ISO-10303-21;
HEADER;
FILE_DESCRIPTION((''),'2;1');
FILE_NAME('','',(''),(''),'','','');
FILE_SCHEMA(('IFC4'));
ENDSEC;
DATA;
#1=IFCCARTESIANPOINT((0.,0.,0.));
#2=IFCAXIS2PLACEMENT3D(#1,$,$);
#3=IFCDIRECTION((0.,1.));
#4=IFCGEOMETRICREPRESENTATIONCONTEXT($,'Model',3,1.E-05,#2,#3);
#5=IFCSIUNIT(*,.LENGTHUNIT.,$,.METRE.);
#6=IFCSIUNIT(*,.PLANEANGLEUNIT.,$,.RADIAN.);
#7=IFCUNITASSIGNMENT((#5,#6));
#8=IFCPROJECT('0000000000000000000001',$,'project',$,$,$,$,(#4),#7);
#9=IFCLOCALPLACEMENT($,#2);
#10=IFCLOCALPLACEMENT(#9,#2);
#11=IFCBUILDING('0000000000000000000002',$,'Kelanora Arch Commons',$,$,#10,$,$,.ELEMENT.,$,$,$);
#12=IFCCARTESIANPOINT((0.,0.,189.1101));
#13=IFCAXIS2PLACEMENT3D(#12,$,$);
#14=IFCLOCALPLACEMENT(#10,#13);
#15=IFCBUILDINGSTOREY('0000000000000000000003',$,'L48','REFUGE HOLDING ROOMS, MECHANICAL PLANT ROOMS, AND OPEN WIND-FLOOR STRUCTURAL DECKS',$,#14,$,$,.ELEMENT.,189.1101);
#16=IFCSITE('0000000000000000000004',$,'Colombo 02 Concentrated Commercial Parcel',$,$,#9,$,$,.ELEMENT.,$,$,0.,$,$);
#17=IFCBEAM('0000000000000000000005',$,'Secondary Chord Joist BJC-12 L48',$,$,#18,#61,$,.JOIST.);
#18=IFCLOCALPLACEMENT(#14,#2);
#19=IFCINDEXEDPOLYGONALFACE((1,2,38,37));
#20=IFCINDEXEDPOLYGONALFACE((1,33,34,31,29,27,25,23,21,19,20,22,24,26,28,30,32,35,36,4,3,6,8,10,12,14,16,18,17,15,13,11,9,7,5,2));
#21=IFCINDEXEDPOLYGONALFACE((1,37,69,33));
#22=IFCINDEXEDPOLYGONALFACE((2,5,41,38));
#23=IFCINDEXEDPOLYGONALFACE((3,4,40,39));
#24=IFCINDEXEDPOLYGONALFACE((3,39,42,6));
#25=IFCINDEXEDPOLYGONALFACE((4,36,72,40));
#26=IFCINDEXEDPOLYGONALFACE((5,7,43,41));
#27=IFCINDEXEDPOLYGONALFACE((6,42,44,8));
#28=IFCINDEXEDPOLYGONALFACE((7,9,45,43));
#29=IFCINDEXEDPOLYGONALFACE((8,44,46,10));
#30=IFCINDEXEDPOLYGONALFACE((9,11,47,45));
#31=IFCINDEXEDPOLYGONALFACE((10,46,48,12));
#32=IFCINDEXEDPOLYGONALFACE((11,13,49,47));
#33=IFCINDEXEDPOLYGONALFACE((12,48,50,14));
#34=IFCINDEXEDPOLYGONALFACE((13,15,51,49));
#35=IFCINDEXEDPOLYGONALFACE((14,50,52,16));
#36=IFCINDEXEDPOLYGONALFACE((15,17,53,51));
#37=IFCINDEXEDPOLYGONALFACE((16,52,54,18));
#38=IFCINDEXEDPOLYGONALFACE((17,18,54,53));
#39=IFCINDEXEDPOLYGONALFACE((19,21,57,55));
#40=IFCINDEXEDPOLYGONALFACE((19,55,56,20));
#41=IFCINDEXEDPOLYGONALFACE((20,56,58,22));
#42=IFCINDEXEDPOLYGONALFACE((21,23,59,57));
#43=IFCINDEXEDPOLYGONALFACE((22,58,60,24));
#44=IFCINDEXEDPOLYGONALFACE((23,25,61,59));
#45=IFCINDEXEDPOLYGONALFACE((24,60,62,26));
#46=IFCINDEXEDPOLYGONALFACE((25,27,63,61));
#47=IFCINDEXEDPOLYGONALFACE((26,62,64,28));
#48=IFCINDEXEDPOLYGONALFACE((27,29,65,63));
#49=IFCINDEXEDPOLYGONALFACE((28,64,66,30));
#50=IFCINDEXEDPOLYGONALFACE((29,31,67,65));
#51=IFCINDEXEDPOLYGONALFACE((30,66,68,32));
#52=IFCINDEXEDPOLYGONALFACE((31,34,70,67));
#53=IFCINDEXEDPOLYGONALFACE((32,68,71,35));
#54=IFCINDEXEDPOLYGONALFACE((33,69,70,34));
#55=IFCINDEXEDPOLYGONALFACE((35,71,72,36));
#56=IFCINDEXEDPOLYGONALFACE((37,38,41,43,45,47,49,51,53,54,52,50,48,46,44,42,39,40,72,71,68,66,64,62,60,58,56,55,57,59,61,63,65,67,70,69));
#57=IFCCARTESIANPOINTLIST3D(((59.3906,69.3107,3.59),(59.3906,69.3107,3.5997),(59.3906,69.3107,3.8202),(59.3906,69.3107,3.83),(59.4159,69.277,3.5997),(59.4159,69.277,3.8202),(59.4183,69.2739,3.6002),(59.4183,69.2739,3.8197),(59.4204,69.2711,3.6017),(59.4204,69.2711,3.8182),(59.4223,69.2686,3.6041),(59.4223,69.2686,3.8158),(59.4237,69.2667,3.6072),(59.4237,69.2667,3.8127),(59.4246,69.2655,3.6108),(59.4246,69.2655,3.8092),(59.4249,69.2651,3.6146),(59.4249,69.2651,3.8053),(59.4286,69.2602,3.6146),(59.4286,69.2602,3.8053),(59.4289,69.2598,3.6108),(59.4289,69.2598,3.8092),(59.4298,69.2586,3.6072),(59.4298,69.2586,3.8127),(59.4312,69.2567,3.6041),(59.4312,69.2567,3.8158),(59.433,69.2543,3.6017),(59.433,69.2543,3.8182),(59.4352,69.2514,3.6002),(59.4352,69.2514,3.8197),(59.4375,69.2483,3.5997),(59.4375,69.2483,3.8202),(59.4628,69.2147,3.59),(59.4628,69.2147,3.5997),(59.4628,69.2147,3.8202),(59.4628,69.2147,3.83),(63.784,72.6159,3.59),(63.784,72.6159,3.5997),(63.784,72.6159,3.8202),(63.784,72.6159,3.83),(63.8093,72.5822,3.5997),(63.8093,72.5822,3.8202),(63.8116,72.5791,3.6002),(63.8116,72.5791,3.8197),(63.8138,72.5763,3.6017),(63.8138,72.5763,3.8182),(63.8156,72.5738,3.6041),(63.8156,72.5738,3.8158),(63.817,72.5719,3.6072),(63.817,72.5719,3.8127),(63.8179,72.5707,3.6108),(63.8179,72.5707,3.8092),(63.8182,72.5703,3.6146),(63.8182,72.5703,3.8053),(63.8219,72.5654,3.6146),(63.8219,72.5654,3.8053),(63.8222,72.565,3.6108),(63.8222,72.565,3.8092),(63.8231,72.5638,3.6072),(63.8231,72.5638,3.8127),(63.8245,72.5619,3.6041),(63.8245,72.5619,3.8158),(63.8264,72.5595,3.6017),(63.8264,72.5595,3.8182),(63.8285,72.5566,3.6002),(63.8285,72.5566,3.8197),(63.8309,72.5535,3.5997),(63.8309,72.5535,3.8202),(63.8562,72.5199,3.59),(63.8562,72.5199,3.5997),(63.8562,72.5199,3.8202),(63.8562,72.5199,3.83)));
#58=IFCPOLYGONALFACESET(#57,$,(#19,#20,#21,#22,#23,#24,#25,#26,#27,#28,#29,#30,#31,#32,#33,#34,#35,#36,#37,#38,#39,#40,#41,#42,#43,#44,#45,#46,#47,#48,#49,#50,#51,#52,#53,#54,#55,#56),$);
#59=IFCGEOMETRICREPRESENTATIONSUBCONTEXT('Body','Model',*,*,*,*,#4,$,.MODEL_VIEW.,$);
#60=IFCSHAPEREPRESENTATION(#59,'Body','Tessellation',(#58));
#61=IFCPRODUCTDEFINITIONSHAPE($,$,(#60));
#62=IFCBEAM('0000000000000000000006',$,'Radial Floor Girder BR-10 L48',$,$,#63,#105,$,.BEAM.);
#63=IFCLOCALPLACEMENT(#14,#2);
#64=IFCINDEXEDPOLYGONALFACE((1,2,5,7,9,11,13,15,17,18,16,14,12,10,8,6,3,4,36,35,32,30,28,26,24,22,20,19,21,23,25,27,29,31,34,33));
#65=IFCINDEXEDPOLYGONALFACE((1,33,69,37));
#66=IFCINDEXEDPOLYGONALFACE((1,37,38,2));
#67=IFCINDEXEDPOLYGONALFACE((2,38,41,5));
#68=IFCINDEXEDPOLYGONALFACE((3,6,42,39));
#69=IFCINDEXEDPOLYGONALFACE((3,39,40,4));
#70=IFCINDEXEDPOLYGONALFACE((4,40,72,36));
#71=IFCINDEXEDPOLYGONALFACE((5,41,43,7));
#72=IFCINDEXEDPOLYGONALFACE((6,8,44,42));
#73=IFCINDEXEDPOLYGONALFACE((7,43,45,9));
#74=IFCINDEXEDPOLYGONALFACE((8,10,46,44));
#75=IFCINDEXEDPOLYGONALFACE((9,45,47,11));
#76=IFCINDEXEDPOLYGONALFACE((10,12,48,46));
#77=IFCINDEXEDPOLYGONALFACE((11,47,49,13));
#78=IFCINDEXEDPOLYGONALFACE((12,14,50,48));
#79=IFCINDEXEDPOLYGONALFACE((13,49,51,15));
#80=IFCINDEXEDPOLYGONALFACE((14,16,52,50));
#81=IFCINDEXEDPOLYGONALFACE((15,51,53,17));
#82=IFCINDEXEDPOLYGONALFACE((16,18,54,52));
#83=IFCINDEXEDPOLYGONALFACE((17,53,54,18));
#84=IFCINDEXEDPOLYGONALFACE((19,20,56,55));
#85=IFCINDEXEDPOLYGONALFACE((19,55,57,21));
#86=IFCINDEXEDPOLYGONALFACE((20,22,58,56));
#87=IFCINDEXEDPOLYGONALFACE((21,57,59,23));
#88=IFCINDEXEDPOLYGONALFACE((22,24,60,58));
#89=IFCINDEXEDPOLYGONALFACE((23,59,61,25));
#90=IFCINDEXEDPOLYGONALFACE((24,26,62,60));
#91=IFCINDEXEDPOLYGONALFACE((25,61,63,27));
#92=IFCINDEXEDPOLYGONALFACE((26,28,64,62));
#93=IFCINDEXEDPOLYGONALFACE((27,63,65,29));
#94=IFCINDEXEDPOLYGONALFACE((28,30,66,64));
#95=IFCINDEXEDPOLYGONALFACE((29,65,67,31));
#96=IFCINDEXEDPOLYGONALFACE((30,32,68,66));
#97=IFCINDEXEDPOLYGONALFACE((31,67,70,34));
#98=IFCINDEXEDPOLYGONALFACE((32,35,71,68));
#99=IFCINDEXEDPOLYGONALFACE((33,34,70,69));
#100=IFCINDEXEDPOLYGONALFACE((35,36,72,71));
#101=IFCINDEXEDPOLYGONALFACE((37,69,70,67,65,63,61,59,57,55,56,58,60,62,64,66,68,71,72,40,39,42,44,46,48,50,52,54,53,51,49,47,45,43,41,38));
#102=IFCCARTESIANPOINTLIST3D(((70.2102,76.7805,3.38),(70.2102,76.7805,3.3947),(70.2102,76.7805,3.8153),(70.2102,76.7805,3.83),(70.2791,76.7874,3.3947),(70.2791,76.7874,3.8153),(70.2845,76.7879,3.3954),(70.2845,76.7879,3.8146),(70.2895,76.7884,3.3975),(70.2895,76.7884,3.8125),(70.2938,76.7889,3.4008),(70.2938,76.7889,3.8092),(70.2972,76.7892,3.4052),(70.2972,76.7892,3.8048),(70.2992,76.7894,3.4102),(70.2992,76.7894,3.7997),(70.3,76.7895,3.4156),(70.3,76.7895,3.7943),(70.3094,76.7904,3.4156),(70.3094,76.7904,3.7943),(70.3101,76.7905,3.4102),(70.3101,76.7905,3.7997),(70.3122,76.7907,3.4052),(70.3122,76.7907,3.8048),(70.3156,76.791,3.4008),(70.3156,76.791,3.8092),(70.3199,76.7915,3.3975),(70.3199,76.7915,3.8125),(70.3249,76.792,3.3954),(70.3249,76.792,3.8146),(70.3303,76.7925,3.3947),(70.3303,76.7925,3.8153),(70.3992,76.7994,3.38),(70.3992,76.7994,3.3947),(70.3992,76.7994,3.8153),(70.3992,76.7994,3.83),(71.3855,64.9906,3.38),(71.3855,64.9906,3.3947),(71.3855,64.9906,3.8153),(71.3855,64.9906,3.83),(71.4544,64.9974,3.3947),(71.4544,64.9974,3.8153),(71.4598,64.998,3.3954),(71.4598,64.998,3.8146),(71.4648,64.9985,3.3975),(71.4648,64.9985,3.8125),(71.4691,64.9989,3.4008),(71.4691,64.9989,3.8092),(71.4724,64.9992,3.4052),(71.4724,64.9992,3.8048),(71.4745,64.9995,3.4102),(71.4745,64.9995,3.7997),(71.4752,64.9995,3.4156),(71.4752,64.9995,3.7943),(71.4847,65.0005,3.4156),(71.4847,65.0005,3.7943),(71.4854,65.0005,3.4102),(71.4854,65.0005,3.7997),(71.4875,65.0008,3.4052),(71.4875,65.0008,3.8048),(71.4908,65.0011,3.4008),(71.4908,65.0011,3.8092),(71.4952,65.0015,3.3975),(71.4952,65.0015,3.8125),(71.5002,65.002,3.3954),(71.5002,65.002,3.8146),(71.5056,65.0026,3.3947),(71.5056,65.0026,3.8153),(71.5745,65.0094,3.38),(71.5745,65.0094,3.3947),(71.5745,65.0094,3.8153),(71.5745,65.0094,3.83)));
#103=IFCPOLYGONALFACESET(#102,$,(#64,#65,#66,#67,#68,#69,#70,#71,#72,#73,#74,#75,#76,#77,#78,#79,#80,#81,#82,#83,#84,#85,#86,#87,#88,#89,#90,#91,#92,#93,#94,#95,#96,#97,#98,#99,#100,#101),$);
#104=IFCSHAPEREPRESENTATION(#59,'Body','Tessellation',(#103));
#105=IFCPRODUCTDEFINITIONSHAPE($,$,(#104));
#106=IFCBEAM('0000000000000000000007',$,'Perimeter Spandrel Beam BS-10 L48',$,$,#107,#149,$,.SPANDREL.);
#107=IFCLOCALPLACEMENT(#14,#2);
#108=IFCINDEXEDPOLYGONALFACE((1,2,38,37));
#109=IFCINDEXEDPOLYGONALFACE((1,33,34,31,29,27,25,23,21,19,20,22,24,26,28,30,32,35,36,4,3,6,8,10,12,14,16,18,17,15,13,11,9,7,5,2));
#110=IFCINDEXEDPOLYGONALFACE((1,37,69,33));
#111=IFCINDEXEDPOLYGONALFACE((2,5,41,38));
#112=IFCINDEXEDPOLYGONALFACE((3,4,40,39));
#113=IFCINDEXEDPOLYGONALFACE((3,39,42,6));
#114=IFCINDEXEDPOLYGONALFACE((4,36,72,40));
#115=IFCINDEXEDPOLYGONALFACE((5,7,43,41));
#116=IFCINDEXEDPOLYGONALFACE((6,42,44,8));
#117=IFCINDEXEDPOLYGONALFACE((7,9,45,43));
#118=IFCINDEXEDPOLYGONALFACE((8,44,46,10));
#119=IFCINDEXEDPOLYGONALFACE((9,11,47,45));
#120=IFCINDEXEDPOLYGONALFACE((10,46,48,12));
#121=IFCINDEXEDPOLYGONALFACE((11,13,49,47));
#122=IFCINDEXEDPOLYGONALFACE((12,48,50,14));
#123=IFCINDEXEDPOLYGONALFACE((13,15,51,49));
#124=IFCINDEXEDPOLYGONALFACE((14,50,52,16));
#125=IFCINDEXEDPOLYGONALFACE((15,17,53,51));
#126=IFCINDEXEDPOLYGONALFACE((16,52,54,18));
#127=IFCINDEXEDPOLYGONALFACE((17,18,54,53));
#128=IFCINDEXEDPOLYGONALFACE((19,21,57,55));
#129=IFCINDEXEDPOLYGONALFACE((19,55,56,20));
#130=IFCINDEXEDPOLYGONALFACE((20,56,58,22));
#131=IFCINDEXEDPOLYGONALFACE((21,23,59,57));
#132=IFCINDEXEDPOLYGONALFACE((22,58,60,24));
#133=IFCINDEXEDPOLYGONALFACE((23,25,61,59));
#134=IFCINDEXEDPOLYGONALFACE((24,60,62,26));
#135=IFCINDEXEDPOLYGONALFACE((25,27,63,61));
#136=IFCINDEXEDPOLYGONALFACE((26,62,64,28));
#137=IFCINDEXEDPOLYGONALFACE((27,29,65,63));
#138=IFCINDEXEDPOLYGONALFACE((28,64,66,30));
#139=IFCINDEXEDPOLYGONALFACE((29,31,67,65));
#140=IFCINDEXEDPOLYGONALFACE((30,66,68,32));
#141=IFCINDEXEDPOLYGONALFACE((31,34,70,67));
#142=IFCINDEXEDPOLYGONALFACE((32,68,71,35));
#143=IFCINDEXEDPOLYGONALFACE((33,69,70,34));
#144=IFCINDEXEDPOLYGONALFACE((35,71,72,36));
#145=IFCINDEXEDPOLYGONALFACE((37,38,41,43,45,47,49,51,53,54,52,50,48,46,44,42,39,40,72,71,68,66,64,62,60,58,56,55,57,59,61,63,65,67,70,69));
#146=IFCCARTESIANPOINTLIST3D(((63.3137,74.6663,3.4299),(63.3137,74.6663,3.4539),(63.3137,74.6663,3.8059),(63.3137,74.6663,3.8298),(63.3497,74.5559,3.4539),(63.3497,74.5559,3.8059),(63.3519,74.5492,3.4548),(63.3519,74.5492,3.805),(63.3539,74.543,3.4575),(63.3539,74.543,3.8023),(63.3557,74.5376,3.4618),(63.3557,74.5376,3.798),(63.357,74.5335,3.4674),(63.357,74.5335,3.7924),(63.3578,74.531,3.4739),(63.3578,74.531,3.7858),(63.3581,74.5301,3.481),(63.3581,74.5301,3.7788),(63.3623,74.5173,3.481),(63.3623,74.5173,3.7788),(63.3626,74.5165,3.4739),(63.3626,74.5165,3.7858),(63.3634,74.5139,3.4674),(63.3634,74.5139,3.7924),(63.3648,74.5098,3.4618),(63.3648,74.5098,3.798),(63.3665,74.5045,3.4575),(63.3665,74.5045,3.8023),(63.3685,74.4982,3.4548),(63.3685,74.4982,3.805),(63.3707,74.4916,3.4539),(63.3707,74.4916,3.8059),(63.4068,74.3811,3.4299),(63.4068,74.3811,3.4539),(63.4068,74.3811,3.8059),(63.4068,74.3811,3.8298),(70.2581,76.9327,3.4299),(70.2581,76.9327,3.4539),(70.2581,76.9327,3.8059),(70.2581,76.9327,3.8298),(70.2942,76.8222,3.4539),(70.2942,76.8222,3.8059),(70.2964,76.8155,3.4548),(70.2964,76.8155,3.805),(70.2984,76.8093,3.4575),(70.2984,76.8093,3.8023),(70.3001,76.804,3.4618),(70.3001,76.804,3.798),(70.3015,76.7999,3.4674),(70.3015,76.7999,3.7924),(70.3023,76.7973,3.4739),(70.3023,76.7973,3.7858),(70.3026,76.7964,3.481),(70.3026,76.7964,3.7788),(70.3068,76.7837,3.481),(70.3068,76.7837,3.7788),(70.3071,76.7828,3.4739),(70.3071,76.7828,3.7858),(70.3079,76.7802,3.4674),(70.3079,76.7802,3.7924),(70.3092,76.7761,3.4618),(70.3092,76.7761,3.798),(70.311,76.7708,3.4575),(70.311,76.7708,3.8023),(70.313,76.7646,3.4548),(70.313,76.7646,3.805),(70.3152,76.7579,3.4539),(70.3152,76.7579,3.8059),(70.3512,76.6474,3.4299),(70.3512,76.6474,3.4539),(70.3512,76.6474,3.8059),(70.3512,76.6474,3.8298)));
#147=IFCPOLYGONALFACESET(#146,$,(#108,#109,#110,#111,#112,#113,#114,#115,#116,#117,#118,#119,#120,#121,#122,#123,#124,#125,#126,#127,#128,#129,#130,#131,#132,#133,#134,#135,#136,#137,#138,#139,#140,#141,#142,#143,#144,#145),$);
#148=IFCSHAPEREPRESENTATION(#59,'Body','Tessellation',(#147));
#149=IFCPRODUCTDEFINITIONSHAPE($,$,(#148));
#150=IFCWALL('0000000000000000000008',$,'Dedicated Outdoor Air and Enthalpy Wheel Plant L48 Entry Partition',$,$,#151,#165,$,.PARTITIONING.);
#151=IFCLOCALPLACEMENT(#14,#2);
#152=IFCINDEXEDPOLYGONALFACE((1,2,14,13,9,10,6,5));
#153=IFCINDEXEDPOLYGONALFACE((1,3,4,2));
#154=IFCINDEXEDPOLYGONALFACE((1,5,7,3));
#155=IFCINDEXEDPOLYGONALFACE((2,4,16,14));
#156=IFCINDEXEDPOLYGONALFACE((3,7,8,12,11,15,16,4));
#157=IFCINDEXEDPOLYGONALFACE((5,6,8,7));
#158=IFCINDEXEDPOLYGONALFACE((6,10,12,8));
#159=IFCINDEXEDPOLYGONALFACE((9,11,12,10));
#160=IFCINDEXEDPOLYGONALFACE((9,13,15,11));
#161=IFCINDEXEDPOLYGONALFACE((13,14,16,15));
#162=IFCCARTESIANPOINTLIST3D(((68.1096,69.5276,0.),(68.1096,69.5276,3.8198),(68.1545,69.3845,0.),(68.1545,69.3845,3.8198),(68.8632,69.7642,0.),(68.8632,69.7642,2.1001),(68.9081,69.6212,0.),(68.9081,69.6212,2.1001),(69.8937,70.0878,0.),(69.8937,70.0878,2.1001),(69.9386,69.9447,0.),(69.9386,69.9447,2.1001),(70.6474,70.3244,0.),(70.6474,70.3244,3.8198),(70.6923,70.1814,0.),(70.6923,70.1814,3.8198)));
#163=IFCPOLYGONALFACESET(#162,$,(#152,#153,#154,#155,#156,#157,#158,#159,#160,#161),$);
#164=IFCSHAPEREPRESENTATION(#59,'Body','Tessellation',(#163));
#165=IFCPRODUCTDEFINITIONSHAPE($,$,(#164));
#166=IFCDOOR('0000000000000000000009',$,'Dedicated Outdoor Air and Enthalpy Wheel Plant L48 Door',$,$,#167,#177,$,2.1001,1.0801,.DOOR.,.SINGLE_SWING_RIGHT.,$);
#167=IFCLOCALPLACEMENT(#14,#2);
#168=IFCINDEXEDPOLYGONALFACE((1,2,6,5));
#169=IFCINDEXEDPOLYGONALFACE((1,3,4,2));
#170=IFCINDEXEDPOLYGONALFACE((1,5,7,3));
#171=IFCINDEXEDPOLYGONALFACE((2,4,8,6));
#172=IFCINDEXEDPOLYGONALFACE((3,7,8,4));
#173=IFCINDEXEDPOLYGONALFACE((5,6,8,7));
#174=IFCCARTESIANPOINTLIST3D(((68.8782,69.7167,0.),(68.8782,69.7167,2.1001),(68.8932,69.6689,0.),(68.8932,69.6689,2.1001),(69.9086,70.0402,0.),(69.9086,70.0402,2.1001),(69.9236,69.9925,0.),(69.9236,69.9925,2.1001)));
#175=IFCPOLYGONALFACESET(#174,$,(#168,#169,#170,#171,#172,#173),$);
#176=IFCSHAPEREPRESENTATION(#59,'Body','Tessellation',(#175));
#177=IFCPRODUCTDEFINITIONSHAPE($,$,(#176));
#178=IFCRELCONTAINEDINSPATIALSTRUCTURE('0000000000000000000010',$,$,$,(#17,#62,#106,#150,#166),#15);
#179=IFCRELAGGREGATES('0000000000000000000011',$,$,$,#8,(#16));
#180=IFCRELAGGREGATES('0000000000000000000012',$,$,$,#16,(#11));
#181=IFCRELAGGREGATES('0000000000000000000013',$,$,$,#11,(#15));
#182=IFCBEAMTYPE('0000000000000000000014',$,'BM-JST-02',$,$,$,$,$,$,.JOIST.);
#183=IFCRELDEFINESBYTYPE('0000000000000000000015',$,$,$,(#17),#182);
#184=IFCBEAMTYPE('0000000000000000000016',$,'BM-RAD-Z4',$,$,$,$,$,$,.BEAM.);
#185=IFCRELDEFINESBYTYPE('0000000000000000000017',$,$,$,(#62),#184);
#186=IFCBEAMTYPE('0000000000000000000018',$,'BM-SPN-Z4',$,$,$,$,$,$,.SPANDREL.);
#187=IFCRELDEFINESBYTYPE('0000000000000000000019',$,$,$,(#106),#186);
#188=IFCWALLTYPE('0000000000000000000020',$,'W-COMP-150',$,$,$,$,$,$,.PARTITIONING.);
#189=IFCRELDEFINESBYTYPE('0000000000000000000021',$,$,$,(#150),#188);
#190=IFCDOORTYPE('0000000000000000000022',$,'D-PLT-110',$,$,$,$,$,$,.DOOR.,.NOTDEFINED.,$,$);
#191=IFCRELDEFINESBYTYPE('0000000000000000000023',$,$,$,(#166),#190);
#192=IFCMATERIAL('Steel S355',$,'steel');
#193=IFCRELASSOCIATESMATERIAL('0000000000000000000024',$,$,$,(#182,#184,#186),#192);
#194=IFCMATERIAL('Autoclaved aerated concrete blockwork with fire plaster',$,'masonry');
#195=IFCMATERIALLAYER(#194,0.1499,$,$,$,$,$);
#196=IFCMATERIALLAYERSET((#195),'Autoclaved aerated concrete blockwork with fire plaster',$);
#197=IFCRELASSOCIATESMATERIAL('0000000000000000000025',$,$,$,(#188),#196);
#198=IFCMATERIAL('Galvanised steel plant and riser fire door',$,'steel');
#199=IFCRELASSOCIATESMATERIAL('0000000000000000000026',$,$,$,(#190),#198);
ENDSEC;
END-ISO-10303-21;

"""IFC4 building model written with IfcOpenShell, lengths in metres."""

from ifc_helpers import new_model, si_unit, direction, frame, frame_2d, origin, origin_2d, place, context, subcontext, project, spatial, rectangle, i_section, extrude, material, layer, layer_set, material_profile, profile_set, type_object, element, fill, save


model = new_model("IFC4")

# Units and contexts
model_context = context("Model", 3, precision=1e-05, world=origin(), true_north=direction((0.0, 1.0)))
body_context = subcontext(model_context, "Body", "Model", "MODEL_VIEW")
ifc_project = project(units=[si_unit("LENGTHUNIT", "METRE"), si_unit("PLANEANGLEUNIT", "RADIAN")], contexts=[model_context])

# Site, building, storey
site_placement = place(None, origin())
site = spatial("IfcSite", under=ifc_project, at=site_placement, Name="Colombo 02 Concentrated Commercial Parcel", CompositionType="ELEMENT", RefElevation=0.0)
building_placement = place(site_placement, origin())
building = spatial("IfcBuilding", under=site, at=building_placement, Name="Kelanora Arch Commons", CompositionType="ELEMENT")
storey_placement = place(building_placement, frame((0.0, 0.0, 189.1101)))
storey = spatial("IfcBuildingStorey", under=building, at=storey_placement, Name="L48", Description="REFUGE HOLDING ROOMS, MECHANICAL PLANT ROOMS, AND OPEN WIND-FLOOR STRUCTURAL DECKS", CompositionType="ELEMENT", Elevation=189.1101)

# Beams
ifc_material_1 = material(Name="Steel S355", Category="steel")
ifc_material_profile_1 = material_profile(ifc_material_1, i_section(OverallWidth=0.1201, OverallDepth=0.24, WebThickness=0.0061, FlangeThickness=0.0098, FilletRadius=0.0149, at=origin_2d()), Name="IPE240")
ifc_profile_set_1 = profile_set([ifc_material_profile_1], Name="Steel S355")
beam_type_1 = type_object("IfcBeamType", Name="BM-JST-02", PredefinedType="JOIST", material=ifc_profile_set_1)
beam_1_placement = place(storey_placement, frame((63.8201, 72.5679, 3.71), z_axis=(-0.799109, -0.601186, 0.0), x_axis=(0.601186, -0.799109, 0.0)))
element("IfcBeam", 1, at=beam_1_placement, inside=storey, type_object=beam_type_1, Name="Secondary Chord Joist BJC-12 L48", PredefinedType="JOIST", context=body_context, shape_type="SweptSolid", body=[
    extrude(i_section(OverallWidth=0.1201, OverallDepth=0.24, WebThickness=0.0061, FlangeThickness=0.0098, FilletRadius=0.0149, at=origin_2d()), origin(), (0.0, 0.0, 1.0), 5.4978),
])
ifc_material_profile_2 = material_profile(ifc_material_1, i_section(OverallWidth=0.1899, OverallDepth=0.45, WebThickness=0.0095, FlangeThickness=0.0146, FilletRadius=0.021, at=origin_2d()), Name="IPE450")
ifc_profile_set_2 = profile_set([ifc_material_profile_2], Name="Steel S355")
beam_type_2 = type_object("IfcBeamType", Name="BM-RAD-Z4", PredefinedType="BEAM", material=ifc_profile_set_2)
beam_2_placement = place(storey_placement, frame((71.48, 65.0, 3.605), z_axis=(-0.099194, 0.995068, 0.0), x_axis=(-0.995068, -0.099194, 0.0)))
element("IfcBeam", 2, at=beam_2_placement, inside=storey, type_object=beam_type_2, Name="Radial Floor Girder BR-10 L48", PredefinedType="BEAM", context=body_context, shape_type="SweptSolid", body=[
    extrude(i_section(OverallWidth=0.1899, OverallDepth=0.45, WebThickness=0.0095, FlangeThickness=0.0146, FilletRadius=0.021, at=origin_2d()), origin(), (0.0, 0.0, 1.0), 11.8484),
])
ifc_material_profile_3 = material_profile(ifc_material_1, i_section(OverallWidth=0.3, OverallDepth=0.3999, WebThickness=0.0134, FlangeThickness=0.0239, FilletRadius=0.0271, at=origin_2d()), Name="HEB400")
ifc_profile_set_3 = profile_set([ifc_material_profile_3], Name="Steel S355")
beam_type_3 = type_object("IfcBeamType", Name="BM-SPN-Z4", PredefinedType="SPANDREL", material=ifc_profile_set_3)
beam_3_placement = place(storey_placement, frame((70.3047, 76.79, 3.6299), z_axis=(-0.950656, -0.310246, 0.0), x_axis=(0.310246, -0.950656, 0.0)))
element("IfcBeam", 3, at=beam_3_placement, inside=storey, type_object=beam_type_3, Name="Perimeter Spandrel Beam BS-10 L48", PredefinedType="SPANDREL", context=body_context, shape_type="SweptSolid", body=[
    extrude(i_section(OverallWidth=0.3, OverallDepth=0.3999, WebThickness=0.0134, FlangeThickness=0.0239, FilletRadius=0.0271, at=origin_2d()), origin(), (0.0, 0.0, 1.0), 7.3049),
])

# Wall, opening, door
ifc_material_2 = material(Name="Autoclaved aerated concrete blockwork with fire plaster", Category="masonry")
ifc_layer_1 = layer(ifc_material_2, 0.1499)
ifc_layer_set_1 = layer_set([ifc_layer_1], Name="Autoclaved aerated concrete blockwork with fire plaster")
wall_type_1 = type_object("IfcWallType", Name="W-COMP-150", PredefinedType="PARTITIONING", material=ifc_layer_set_1)
wall_1_placement = place(storey_placement, frame((70.6699, 70.2529, 0.0), z_axis=(0.0, 0.0, 1.0), x_axis=(-0.954072, -0.299576, 0.0)))
wall_1 = element("IfcWall", 4, at=wall_1_placement, inside=storey, type_object=wall_type_1, Name="Dedicated Outdoor Air and Enthalpy Wheel Plant L48 Entry Partition", PredefinedType="PARTITIONING", context=body_context, shape_type="SweptSolid", body=[
    extrude(rectangle(XDim=2.6599, YDim=0.1499, at=frame_2d((1.3301, 0.0))), origin(), (0.0, 0.0, 1.0), 3.8198),
])
opening_1_placement = place(wall_1_placement, frame((0.79, 0.0, 0.0)))
opening_1 = element("IfcOpeningElement", 5, at=opening_1_placement, cuts=wall_1, PredefinedType="OPENING", context=body_context, shape_type="SweptSolid", body=[
    extrude(rectangle(XDim=1.0801, YDim=2.1001, at=frame_2d((0.54, 1.05))), frame((0.0, 0.085, 0.0), z_axis=(0.0, -1.0, 0.0), x_axis=(1.0, 0.0, 0.0)), (0.0, 0.0, 1.0), 0.1699),
])
ifc_material_3 = material(Name="Galvanised steel plant and riser fire door", Category="steel")
door_type_1 = type_object("IfcDoorType", Name="D-PLT-110", OperationType="NOTDEFINED", PredefinedType="DOOR", material=ifc_material_3)
door_1_placement = place(opening_1_placement, origin())
door_1 = element("IfcDoor", 6, at=door_1_placement, inside=storey, type_object=door_type_1, Name="Dedicated Outdoor Air and Enthalpy Wheel Plant L48 Door", OperationType="SINGLE_SWING_RIGHT", OverallHeight=2.1001, OverallWidth=1.0801, PredefinedType="DOOR", context=body_context, shape_type="SweptSolid", body=[
    extrude(rectangle(XDim=1.0801, YDim=2.1001, at=frame_2d((0.54, 1.05))), frame((0.0, 0.0249, 0.0), z_axis=(0.0, -1.0, 0.0), x_axis=(1.0, 0.0, 0.0)), (0.0, 0.0, 1.0), 0.05),
])
fill(opening_1, door_1)

save(model, "model.ifc")
